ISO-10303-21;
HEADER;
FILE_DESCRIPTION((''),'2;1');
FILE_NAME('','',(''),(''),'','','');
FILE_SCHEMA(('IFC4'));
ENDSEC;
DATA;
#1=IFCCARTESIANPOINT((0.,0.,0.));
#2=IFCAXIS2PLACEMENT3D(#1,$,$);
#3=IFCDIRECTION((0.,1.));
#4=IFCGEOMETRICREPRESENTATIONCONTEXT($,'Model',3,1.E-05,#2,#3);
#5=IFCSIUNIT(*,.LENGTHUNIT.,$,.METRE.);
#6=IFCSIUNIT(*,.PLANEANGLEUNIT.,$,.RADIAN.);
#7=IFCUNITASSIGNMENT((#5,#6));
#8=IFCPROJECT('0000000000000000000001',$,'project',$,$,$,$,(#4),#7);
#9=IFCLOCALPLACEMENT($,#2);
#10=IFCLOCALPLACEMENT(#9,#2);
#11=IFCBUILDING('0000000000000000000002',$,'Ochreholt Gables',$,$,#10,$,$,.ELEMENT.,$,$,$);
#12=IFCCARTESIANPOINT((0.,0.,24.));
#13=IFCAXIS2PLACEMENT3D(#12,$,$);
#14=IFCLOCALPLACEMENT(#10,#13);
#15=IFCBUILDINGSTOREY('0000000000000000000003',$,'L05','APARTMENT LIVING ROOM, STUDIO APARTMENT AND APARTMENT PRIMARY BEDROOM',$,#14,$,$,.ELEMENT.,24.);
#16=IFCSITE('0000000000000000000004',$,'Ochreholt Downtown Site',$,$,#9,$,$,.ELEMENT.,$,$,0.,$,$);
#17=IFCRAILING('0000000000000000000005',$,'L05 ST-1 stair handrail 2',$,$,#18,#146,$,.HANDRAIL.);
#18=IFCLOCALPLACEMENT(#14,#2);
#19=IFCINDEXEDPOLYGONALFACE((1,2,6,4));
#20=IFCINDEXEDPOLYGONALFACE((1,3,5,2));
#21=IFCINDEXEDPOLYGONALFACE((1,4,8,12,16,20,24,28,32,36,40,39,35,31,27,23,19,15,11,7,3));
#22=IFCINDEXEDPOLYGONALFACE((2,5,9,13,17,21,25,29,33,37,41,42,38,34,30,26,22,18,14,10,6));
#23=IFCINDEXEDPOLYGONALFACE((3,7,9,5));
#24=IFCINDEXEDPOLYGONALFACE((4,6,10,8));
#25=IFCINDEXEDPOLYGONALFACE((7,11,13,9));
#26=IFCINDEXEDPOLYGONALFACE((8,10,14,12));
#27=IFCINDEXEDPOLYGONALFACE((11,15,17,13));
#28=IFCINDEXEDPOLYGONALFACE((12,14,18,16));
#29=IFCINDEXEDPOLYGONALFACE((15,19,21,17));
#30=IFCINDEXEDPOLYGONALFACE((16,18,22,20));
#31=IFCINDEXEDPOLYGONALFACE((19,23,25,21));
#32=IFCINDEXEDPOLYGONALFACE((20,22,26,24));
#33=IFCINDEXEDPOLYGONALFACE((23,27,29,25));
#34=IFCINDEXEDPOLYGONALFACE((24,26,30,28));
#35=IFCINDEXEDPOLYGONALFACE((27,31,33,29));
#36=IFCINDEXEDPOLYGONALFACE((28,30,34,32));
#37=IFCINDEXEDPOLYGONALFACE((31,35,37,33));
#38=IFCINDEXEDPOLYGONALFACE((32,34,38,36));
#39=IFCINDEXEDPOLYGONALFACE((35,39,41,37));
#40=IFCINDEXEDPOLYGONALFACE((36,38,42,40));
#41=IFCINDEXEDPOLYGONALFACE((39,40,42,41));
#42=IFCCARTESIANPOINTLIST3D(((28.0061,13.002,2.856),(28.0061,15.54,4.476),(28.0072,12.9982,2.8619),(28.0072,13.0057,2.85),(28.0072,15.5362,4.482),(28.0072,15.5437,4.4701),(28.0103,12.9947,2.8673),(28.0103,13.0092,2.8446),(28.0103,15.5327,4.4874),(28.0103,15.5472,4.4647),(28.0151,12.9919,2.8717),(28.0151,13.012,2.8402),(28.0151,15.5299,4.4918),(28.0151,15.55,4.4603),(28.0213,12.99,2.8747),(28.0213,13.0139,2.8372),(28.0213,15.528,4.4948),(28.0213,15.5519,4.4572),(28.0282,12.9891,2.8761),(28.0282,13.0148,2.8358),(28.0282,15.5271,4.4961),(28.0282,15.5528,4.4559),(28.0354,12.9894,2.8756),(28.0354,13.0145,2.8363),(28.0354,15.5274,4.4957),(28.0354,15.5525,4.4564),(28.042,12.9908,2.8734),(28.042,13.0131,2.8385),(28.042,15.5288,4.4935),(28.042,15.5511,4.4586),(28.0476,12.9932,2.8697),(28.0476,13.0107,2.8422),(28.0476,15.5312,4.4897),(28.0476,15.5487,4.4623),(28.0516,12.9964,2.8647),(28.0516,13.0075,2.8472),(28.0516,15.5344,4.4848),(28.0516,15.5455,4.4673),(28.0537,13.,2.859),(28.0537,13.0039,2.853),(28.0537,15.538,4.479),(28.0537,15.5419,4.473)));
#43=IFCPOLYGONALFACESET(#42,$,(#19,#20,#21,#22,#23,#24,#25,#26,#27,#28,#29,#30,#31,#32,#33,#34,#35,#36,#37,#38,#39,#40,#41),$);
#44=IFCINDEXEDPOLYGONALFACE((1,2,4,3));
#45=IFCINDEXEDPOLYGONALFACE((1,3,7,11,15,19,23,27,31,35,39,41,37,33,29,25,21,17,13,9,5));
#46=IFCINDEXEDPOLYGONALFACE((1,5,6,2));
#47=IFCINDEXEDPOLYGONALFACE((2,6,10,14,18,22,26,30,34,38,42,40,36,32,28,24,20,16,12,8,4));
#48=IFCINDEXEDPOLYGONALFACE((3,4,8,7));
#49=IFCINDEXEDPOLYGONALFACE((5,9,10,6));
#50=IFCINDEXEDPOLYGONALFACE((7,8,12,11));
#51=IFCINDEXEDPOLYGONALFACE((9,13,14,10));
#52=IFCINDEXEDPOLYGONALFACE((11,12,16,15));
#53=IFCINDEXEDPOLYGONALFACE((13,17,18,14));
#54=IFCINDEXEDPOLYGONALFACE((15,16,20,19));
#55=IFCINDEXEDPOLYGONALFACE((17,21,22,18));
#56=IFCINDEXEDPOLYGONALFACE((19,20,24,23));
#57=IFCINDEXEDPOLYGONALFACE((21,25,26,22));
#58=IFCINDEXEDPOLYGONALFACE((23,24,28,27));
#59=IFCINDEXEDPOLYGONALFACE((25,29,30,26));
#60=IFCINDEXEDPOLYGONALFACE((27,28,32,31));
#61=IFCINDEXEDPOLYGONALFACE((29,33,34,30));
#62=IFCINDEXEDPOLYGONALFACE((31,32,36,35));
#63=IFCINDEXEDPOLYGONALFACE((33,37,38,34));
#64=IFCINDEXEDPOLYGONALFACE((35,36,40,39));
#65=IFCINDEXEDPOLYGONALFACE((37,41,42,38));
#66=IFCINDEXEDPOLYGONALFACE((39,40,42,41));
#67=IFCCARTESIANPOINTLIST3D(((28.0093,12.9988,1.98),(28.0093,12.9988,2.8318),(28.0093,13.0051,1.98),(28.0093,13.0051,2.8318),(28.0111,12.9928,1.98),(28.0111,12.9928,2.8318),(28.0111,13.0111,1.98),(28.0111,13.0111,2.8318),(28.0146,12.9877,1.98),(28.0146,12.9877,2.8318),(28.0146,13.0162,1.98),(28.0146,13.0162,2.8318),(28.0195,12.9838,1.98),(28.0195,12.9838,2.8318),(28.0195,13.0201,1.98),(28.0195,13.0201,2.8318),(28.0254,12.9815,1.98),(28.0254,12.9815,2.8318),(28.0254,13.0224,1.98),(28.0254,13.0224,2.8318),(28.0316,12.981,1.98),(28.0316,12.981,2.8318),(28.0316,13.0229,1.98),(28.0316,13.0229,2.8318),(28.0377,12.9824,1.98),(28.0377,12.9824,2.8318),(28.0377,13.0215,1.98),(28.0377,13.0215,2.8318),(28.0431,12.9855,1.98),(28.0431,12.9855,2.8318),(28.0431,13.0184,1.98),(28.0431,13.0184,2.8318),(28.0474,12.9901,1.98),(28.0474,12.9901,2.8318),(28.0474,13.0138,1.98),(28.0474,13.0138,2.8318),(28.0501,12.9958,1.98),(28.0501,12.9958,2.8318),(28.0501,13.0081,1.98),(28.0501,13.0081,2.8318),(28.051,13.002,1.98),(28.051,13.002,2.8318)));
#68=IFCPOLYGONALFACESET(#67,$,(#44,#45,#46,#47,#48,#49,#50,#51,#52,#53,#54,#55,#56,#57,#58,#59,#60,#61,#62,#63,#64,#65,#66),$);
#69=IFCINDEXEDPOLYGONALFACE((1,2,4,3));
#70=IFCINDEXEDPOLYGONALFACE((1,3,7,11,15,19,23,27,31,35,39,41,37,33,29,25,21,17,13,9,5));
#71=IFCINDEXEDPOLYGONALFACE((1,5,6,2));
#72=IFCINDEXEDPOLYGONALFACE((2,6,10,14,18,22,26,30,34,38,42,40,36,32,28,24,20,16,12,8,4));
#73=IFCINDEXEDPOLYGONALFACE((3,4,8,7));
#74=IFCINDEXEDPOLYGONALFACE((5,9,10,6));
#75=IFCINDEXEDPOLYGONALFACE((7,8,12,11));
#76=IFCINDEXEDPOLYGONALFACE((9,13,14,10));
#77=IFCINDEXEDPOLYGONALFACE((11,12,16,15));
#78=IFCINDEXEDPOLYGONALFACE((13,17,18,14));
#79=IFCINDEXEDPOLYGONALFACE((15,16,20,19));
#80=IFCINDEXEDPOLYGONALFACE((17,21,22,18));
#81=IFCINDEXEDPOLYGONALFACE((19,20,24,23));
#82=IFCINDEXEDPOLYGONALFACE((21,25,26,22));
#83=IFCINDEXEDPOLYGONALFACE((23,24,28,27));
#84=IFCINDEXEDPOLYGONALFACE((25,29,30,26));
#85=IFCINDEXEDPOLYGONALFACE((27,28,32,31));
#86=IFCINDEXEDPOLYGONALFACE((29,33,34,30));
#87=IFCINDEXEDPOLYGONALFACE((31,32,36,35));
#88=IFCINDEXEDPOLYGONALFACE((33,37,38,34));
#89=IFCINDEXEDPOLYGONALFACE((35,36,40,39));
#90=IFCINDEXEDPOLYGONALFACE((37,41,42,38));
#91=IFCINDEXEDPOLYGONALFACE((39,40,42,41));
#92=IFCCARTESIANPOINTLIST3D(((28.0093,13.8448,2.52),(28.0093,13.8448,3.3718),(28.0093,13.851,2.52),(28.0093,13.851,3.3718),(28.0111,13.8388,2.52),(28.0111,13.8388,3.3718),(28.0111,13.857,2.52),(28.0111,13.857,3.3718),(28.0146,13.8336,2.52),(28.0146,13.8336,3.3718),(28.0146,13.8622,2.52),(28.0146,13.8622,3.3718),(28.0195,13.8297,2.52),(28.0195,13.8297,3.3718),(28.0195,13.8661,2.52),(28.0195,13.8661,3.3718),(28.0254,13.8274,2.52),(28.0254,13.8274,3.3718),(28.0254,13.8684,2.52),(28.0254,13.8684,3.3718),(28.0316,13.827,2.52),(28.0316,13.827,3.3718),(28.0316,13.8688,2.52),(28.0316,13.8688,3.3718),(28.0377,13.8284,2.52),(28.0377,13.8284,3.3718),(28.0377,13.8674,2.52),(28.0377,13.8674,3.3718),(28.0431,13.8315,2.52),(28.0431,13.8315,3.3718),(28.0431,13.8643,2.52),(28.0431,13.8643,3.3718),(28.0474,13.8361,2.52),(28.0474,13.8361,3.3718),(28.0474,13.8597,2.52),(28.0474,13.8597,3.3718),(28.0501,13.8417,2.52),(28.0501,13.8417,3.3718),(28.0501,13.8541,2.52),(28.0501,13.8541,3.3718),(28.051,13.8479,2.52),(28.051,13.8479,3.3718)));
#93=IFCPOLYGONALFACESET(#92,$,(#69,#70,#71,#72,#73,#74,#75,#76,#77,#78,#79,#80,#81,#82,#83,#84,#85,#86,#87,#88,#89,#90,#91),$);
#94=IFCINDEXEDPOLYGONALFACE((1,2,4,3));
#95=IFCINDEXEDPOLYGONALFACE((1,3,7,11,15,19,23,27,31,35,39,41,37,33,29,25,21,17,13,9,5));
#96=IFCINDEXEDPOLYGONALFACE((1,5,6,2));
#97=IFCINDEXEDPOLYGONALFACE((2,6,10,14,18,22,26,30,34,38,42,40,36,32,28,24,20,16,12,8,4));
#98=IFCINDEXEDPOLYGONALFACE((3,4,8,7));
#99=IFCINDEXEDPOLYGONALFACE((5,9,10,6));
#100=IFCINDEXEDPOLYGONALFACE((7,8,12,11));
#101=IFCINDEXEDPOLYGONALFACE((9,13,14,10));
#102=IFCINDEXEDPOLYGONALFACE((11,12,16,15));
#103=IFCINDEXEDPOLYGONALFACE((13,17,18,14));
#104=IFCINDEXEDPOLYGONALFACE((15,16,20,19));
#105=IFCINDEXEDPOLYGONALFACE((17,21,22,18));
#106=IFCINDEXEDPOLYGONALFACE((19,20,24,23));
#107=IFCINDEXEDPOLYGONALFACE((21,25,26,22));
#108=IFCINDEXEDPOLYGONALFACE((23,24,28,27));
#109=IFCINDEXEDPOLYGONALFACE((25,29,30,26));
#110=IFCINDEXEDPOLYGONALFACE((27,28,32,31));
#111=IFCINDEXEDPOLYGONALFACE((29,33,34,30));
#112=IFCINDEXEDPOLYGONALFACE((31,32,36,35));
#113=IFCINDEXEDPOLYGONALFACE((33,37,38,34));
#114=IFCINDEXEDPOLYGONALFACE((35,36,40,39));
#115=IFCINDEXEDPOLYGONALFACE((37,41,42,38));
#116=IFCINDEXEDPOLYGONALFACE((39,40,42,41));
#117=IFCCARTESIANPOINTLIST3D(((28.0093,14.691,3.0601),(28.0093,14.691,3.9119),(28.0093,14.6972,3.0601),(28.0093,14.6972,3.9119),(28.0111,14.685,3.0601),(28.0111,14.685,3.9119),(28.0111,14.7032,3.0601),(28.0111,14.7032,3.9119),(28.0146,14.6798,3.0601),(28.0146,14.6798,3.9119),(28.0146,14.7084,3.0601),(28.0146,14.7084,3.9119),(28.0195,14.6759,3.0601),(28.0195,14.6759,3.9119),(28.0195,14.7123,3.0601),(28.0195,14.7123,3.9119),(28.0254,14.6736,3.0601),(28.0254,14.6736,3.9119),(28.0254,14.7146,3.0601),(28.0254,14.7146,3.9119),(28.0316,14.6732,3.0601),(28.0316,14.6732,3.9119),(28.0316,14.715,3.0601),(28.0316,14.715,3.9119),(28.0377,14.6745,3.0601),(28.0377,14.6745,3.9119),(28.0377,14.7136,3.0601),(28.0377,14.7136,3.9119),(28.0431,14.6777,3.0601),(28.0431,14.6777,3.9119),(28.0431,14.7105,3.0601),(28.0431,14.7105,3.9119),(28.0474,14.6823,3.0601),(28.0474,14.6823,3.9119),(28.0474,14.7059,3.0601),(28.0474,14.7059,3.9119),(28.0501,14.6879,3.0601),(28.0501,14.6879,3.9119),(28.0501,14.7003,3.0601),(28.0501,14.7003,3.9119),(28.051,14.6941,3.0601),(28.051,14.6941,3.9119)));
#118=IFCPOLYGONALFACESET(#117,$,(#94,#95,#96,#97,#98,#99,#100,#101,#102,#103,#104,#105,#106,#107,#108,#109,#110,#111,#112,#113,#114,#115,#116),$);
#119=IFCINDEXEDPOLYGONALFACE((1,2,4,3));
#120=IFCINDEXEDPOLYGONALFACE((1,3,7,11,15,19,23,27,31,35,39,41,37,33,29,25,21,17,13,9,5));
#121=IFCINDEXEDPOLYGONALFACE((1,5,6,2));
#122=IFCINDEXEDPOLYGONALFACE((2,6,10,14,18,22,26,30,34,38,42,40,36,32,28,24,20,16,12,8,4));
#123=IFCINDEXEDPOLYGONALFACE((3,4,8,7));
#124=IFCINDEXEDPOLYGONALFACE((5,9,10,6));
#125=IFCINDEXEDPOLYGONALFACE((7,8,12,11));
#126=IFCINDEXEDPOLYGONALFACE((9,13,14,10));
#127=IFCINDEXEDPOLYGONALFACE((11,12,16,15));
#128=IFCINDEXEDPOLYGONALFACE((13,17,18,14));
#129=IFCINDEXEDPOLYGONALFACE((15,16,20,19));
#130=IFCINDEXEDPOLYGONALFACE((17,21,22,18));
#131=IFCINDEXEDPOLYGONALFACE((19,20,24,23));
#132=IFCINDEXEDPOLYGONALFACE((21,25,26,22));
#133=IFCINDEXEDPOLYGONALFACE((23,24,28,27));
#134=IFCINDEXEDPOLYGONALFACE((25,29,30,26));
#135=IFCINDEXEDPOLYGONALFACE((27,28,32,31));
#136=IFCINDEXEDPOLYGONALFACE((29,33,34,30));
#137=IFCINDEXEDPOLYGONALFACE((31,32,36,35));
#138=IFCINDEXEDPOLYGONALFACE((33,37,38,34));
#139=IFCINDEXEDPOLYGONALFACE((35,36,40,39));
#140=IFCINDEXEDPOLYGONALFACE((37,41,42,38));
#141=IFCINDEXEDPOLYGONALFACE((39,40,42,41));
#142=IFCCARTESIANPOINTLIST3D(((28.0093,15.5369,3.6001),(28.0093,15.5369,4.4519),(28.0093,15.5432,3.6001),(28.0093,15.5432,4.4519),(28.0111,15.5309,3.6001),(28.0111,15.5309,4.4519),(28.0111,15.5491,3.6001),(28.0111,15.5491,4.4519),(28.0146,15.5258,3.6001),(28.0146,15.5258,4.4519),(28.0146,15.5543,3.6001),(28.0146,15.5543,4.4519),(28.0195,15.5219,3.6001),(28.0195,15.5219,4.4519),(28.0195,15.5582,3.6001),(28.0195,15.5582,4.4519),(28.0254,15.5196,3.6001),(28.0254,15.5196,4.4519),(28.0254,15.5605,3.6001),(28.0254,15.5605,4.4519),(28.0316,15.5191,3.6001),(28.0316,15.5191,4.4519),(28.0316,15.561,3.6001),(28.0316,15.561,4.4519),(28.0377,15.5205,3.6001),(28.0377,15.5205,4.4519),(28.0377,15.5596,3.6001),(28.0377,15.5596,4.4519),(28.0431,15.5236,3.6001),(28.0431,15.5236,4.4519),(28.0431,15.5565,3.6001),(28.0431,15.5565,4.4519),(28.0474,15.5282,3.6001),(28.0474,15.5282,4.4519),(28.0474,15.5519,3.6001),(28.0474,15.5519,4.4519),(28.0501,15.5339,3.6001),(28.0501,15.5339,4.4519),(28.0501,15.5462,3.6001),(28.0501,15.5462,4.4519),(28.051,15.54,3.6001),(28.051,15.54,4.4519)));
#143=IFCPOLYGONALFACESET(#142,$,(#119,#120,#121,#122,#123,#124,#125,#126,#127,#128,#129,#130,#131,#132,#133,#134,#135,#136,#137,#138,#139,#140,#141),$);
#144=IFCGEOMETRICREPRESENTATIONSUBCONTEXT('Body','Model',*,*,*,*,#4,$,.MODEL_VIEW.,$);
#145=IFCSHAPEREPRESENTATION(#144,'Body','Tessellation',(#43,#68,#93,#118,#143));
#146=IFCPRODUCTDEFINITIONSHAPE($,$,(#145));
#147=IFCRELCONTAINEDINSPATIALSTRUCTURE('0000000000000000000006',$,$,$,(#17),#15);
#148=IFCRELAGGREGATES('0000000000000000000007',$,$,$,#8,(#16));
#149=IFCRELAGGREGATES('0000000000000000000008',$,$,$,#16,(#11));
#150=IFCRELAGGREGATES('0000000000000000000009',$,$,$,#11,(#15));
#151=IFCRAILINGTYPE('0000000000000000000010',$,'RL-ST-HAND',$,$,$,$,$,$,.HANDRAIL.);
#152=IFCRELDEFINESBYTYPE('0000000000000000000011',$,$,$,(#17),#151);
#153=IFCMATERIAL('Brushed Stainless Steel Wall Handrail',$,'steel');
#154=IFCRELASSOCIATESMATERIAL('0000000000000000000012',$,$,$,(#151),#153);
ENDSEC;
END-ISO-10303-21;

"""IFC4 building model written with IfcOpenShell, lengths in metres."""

from ifc_helpers import new_model, si_unit, direction, frame, origin, origin_2d, place, context, subcontext, project, spatial, circle, extrude, material, type_object, element, save


model = new_model("IFC4")

# Units and contexts
model_context = context("Model", 3, precision=1e-05, world=origin(), true_north=direction((0.0, 1.0)))
body_context = subcontext(model_context, "Body", "Model", "MODEL_VIEW")
ifc_project = project(units=[si_unit("LENGTHUNIT", "METRE"), si_unit("PLANEANGLEUNIT", "RADIAN")], contexts=[model_context])

# Site, building, storey
site_placement = place(None, origin())
site = spatial("IfcSite", under=ifc_project, at=site_placement, Name="Ochreholt Downtown Site", CompositionType="ELEMENT", RefElevation=0.0)
building_placement = place(site_placement, origin())
building = spatial("IfcBuilding", under=site, at=building_placement, Name="Ochreholt Gables", CompositionType="ELEMENT")
storey_placement = place(building_placement, frame((0.0, 0.0, 24.0)))
storey = spatial("IfcBuildingStorey", under=building, at=storey_placement, Name="L05", Description="APARTMENT LIVING ROOM, STUDIO APARTMENT AND APARTMENT PRIMARY BEDROOM", CompositionType="ELEMENT", Elevation=24.0)

# Railing
ifc_material_1 = material(Name="Brushed Stainless Steel Wall Handrail", Category="steel")
railing_type_1 = type_object("IfcRailingType", Name="RL-ST-HAND", PredefinedType="HANDRAIL", material=ifc_material_1)
railing_1_placement = place(storey_placement, frame((28.03, 13.002, 1.98)))
element("IfcRailing", 1, at=railing_1_placement, inside=storey, type_object=railing_type_1, Name="L05 ST-1 stair handrail 2", PredefinedType="HANDRAIL", context=body_context, shape_type="SweptSolid", body=[
    extrude(circle(Radius=0.0239, at=origin_2d()), frame((0.0, 0.0, 0.876), z_axis=(0.0, 0.842913, 0.53805), x_axis=(-1.0, 0.0, 0.0)), (0.0, 0.0, 1.0), 3.011),
    extrude(circle(Radius=0.021, at=origin_2d()), origin(), (0.0, 0.0, 1.0), 0.8518),
    extrude(circle(Radius=0.021, at=origin_2d()), frame((0.0, 0.8459, 0.54)), (0.0, 0.0, 1.0), 0.8518),
    extrude(circle(Radius=0.021, at=origin_2d()), frame((0.0, 1.6921, 1.0801)), (0.0, 0.0, 1.0), 0.8518),
    extrude(circle(Radius=0.021, at=origin_2d()), frame((0.0, 2.5381, 1.6201)), (0.0, 0.0, 1.0), 0.8518),
])

save(model, "model.ifc")
